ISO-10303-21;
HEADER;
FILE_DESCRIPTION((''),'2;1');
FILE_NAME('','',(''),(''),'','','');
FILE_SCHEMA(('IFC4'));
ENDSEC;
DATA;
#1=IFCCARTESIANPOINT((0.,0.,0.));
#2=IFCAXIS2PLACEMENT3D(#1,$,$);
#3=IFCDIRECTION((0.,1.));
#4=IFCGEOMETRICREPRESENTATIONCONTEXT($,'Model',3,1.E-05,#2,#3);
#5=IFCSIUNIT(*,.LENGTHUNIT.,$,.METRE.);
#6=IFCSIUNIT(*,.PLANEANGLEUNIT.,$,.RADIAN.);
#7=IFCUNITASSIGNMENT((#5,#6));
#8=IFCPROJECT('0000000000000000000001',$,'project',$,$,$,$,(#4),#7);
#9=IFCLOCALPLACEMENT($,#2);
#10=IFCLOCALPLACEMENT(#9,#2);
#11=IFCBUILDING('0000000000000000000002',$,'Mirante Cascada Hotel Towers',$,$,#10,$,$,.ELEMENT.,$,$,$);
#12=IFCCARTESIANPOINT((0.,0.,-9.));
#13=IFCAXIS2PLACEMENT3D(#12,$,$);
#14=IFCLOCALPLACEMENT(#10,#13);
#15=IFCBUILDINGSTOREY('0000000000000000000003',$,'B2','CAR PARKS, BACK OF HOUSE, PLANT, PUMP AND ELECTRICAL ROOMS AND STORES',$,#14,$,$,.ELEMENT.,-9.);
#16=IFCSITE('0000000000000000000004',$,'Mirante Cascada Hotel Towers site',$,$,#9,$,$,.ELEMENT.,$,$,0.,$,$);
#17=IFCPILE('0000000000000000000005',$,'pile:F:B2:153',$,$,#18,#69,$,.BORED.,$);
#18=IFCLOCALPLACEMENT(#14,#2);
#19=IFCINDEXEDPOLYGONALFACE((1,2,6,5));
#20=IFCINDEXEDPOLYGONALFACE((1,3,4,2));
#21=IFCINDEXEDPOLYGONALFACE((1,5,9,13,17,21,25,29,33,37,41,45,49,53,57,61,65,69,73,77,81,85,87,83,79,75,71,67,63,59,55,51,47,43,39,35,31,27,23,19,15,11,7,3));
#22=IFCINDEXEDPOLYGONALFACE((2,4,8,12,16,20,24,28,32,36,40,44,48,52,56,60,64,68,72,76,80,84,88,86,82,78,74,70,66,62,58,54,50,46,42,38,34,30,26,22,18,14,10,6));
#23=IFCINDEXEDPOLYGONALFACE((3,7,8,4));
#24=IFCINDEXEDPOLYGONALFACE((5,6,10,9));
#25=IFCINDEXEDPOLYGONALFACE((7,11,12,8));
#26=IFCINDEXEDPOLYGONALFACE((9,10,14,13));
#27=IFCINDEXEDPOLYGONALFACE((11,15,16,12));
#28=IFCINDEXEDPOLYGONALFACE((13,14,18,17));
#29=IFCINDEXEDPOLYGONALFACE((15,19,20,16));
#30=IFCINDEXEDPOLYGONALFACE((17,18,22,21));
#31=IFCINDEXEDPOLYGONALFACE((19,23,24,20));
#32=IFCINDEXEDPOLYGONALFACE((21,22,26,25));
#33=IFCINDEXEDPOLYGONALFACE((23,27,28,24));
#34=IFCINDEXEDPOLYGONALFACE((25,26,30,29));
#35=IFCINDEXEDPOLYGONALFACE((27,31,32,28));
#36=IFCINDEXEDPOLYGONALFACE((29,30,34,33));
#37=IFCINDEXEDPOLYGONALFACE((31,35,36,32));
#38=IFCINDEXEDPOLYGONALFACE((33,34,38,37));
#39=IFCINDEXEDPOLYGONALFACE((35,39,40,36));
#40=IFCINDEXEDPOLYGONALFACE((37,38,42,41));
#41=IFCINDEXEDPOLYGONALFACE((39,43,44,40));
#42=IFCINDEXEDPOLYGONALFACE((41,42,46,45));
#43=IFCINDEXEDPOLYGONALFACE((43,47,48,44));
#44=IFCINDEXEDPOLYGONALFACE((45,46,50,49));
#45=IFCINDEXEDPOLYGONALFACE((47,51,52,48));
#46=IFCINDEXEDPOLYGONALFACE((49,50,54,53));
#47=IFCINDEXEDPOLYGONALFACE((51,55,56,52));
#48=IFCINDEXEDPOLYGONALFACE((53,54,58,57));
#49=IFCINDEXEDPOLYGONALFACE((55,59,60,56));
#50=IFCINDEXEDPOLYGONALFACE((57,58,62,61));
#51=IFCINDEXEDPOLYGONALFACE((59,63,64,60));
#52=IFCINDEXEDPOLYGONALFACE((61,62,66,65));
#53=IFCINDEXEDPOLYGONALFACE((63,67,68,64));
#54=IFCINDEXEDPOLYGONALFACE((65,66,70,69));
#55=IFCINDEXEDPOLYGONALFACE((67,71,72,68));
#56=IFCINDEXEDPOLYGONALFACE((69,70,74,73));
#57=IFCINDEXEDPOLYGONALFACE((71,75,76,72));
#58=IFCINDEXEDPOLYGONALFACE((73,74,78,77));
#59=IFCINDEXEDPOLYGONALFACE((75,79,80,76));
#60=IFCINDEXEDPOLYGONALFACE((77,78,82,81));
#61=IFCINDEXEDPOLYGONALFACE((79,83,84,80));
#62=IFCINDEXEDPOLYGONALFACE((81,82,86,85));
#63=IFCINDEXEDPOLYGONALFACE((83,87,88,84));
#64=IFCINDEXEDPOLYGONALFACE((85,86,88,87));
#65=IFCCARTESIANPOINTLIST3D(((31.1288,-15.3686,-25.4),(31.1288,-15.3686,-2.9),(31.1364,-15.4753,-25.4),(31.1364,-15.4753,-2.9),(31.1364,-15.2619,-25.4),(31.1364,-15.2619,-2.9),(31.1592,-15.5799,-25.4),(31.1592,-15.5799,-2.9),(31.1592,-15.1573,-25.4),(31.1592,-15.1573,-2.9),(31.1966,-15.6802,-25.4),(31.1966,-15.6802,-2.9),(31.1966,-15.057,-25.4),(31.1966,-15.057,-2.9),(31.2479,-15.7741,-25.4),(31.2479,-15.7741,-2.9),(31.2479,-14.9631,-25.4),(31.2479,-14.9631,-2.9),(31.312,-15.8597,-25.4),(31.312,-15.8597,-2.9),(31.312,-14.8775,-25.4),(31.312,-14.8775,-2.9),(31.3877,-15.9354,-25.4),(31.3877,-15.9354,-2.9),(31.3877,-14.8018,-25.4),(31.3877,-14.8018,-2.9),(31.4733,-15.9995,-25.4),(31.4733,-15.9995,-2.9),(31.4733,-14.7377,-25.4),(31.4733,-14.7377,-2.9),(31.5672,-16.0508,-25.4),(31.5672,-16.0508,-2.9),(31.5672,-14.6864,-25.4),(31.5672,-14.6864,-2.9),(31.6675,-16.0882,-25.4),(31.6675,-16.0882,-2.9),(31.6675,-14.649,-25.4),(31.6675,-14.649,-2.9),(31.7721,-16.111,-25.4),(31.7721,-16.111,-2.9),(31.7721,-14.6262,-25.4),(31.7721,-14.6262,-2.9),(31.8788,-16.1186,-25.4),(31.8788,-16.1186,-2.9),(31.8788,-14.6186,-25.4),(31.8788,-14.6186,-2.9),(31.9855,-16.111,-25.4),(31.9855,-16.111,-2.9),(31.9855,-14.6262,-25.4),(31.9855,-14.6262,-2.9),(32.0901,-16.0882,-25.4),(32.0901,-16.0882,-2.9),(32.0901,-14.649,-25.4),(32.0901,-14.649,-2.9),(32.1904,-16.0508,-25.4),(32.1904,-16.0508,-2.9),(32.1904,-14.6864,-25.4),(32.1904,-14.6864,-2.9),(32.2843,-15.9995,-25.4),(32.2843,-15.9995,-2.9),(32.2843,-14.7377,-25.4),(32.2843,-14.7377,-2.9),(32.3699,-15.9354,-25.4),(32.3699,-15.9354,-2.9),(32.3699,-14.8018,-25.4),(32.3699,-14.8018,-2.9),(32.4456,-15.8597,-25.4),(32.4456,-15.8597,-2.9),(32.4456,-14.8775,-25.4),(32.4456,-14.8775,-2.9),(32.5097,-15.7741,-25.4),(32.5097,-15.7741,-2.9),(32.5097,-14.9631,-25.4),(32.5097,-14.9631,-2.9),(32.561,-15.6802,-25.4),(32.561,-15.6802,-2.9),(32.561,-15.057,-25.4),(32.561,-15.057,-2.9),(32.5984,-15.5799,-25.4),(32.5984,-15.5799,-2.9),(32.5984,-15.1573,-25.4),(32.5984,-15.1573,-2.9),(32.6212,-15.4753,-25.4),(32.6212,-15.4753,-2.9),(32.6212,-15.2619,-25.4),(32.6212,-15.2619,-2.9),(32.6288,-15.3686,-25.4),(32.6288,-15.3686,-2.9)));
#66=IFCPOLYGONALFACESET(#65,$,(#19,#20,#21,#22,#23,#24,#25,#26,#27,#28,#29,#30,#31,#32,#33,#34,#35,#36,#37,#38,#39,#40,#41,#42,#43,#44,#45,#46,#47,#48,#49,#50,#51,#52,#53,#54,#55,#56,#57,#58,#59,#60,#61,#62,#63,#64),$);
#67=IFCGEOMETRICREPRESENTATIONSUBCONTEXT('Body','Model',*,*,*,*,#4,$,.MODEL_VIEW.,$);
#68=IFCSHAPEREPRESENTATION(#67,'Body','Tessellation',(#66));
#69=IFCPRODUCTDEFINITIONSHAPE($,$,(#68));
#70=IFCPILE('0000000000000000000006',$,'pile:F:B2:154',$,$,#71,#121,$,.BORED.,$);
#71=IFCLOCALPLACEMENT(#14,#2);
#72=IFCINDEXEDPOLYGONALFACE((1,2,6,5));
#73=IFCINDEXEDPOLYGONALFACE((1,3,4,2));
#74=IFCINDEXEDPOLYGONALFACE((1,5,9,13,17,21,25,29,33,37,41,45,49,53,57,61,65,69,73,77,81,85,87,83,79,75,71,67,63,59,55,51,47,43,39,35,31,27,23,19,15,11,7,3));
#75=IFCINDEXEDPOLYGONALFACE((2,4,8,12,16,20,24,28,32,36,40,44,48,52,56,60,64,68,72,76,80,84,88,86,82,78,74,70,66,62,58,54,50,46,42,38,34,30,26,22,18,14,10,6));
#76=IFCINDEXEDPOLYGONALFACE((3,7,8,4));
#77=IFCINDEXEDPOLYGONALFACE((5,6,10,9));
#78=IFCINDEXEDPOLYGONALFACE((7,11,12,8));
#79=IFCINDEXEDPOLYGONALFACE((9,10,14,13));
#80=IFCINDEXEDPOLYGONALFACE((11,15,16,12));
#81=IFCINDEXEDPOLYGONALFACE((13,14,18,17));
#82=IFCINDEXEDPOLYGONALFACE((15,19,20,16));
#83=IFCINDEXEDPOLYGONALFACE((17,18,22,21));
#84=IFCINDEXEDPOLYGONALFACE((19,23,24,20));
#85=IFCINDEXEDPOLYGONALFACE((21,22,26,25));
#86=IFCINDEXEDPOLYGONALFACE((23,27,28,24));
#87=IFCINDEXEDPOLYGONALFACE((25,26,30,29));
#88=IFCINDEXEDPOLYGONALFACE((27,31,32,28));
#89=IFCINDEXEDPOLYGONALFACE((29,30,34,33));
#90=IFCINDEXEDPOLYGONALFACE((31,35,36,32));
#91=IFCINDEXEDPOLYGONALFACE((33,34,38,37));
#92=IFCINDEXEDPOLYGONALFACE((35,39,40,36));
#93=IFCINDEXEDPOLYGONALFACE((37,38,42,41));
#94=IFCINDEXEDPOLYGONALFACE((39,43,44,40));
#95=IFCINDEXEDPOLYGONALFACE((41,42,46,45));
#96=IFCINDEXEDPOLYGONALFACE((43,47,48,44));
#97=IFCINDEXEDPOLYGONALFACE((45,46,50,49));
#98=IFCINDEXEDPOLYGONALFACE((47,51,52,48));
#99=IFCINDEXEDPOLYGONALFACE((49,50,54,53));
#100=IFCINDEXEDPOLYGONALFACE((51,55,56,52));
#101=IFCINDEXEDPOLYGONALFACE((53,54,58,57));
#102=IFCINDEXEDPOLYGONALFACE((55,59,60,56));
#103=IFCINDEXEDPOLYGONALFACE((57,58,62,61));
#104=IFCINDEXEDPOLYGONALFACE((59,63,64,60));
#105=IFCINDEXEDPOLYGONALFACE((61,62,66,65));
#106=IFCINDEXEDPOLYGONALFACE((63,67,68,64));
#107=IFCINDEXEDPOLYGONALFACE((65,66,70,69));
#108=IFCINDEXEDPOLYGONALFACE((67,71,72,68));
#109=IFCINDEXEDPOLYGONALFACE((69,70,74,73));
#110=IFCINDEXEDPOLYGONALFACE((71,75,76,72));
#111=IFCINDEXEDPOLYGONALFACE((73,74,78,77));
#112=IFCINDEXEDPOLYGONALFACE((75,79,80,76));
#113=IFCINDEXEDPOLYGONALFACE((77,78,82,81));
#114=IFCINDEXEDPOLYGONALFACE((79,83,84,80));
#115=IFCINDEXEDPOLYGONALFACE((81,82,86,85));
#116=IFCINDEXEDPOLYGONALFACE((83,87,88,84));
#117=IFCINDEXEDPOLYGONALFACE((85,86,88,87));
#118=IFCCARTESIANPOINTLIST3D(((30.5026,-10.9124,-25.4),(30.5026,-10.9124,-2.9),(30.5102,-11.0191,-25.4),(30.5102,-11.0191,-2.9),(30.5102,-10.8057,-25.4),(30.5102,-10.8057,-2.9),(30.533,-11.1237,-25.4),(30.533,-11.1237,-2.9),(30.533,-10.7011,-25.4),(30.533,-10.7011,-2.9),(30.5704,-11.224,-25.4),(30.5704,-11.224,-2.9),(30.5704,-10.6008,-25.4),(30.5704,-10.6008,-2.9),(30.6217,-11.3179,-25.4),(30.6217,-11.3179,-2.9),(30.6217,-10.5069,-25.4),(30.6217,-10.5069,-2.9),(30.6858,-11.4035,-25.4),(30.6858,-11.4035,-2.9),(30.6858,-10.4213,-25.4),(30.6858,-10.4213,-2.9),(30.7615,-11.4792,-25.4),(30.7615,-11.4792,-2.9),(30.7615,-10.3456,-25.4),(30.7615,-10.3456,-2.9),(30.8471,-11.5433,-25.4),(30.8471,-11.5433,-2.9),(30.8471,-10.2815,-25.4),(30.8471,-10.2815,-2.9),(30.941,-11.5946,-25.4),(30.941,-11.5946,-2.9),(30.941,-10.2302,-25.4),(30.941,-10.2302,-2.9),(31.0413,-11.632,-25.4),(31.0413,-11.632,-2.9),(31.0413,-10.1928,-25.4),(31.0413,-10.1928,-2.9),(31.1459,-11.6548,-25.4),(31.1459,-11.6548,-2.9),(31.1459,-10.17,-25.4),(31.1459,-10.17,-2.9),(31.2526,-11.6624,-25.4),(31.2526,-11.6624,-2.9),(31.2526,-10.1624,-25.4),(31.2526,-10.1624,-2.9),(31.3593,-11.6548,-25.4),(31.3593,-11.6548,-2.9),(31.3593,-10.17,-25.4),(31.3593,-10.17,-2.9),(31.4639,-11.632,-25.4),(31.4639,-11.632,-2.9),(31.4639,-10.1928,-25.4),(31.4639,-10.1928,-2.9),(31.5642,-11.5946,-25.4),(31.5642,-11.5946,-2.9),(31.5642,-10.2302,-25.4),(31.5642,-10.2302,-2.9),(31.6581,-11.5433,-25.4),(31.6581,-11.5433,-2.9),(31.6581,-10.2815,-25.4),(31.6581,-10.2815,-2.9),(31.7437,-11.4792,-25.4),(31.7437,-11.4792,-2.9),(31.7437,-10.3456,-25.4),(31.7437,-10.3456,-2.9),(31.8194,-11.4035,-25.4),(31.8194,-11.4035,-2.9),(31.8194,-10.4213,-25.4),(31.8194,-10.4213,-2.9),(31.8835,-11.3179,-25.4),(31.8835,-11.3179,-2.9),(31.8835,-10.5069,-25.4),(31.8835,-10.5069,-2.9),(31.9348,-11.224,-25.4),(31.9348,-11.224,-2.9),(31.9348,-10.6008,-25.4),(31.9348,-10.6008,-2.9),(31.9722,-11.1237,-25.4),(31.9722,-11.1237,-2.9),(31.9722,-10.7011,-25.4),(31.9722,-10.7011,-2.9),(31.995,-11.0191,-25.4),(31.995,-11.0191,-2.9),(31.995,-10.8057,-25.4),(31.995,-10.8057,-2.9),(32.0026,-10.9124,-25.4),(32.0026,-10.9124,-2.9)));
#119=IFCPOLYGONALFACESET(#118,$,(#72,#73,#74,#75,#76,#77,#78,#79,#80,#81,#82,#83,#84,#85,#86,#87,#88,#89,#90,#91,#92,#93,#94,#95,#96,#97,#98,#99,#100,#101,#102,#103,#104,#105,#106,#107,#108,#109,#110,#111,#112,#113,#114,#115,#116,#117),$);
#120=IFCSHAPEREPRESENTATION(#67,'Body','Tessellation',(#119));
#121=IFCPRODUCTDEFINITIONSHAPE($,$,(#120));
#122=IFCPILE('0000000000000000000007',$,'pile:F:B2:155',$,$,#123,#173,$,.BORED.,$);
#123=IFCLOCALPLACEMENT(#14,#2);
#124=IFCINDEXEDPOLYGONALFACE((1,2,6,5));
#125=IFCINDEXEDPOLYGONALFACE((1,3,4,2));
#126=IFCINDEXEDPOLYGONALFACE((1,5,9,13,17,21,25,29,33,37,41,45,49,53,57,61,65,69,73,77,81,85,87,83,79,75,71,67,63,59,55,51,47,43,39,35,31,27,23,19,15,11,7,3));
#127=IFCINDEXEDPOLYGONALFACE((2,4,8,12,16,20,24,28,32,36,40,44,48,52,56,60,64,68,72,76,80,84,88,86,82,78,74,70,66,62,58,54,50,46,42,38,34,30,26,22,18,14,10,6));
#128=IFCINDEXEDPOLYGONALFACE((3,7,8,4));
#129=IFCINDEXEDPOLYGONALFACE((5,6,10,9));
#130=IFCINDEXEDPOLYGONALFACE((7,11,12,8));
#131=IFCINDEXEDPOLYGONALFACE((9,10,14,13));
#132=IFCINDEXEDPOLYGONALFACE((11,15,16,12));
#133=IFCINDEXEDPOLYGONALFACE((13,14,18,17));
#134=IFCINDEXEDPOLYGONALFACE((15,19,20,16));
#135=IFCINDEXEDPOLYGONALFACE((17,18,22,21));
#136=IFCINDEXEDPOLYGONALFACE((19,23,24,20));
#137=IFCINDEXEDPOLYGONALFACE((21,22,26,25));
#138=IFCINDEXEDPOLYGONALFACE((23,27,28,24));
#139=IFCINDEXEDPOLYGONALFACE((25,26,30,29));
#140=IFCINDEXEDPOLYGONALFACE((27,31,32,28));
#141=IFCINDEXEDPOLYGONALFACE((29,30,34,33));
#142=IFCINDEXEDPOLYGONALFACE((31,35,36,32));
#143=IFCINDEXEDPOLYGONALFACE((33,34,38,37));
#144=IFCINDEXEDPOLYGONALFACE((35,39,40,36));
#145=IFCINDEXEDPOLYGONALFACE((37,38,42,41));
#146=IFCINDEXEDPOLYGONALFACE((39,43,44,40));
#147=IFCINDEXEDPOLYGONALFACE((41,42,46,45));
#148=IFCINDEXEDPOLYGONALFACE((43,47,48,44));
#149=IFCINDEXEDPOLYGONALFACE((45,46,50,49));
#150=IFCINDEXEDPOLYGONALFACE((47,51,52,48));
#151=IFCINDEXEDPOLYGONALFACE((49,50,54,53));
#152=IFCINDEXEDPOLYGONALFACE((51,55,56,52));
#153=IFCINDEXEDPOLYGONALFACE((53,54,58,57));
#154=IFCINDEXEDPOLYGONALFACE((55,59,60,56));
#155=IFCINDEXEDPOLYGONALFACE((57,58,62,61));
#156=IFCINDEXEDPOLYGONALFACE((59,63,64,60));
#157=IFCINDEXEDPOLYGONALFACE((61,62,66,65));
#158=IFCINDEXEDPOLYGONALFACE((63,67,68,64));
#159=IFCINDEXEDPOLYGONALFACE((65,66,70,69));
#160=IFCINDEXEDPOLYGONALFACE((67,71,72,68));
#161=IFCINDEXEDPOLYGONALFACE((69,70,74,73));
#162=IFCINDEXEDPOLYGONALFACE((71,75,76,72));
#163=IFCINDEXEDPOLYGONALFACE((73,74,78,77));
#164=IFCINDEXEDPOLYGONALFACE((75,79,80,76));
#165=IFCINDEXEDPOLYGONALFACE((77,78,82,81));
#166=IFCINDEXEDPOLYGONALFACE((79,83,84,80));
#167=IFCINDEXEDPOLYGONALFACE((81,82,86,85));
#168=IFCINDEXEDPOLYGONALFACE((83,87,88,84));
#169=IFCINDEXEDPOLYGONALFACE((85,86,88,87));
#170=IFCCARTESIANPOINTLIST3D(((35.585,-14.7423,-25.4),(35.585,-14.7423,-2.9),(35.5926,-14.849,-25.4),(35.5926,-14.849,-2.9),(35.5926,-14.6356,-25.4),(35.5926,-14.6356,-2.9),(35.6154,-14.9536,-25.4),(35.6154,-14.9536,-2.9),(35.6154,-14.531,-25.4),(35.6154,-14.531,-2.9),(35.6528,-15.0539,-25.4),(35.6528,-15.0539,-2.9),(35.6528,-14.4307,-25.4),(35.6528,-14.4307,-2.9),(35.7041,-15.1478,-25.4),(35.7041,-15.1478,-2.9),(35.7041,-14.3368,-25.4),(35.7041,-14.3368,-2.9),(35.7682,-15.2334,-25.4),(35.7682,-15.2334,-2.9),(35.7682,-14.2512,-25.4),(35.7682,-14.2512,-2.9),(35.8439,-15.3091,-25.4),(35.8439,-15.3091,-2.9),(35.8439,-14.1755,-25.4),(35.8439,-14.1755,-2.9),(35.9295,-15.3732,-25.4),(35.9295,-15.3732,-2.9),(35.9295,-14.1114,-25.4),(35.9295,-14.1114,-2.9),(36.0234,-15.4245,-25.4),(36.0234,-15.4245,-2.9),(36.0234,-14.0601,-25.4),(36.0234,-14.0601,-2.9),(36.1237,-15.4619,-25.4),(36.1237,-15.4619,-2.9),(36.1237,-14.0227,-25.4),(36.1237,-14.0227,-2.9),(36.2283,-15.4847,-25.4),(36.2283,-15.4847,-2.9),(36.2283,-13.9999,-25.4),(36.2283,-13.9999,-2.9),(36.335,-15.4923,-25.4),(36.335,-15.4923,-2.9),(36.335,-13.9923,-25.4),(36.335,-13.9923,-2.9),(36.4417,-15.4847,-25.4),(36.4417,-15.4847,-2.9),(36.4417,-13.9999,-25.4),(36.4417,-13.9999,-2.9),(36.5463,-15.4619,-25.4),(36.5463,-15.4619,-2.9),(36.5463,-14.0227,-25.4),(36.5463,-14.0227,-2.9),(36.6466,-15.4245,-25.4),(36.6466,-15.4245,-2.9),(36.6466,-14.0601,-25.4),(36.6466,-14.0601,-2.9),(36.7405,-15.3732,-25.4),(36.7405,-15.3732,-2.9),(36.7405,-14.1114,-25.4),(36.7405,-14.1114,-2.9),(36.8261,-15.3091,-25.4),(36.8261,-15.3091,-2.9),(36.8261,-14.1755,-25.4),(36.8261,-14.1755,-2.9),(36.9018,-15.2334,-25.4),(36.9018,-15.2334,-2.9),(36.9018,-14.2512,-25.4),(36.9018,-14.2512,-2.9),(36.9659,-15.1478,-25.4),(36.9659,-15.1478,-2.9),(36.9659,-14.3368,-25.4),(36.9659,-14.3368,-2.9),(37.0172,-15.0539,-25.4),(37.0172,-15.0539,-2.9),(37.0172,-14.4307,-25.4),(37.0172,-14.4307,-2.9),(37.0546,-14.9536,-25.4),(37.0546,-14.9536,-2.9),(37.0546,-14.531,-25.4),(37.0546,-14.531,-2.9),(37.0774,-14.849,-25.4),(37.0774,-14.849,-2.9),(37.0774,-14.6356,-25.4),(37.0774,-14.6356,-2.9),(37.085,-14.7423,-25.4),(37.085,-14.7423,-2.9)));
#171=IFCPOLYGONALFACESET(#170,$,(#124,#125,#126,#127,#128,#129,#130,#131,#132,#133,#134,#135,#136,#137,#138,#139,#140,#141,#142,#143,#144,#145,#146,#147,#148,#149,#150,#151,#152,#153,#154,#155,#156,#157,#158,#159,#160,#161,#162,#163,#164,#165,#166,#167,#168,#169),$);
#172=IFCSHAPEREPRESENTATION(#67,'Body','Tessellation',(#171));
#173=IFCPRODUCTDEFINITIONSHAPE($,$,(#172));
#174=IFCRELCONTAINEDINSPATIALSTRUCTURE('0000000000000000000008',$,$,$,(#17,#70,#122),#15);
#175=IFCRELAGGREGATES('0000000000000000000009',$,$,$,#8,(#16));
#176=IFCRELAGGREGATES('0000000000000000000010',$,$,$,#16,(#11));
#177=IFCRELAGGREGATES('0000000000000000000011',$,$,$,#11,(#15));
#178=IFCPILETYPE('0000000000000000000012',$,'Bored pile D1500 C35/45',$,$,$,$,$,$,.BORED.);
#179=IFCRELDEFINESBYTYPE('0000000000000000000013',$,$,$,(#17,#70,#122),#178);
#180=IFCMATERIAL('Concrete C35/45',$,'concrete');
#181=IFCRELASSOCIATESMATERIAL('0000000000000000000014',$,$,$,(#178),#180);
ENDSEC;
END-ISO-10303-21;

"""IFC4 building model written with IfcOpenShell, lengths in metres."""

from ifc_helpers import new_model, si_unit, direction, frame, origin, origin_2d, place, context, subcontext, project, spatial, circle, extrude, material, material_profile, profile_set, type_object, element, save


model = new_model("IFC4")

# Units and contexts
model_context = context("Model", 3, precision=1e-05, world=origin(), true_north=direction((0.0, 1.0)))
body_context = subcontext(model_context, "Body", "Model", "MODEL_VIEW")
ifc_project = project(units=[si_unit("LENGTHUNIT", "METRE"), si_unit("PLANEANGLEUNIT", "RADIAN")], contexts=[model_context])

# Site, building, storey
site_placement = place(None, origin())
site = spatial("IfcSite", under=ifc_project, at=site_placement, Name="Mirante Cascada Hotel Towers site", CompositionType="ELEMENT", RefElevation=0.0)
building_placement = place(site_placement, origin())
building = spatial("IfcBuilding", under=site, at=building_placement, Name="Mirante Cascada Hotel Towers", CompositionType="ELEMENT")
storey_placement = place(building_placement, frame((0.0, 0.0, -9.0)))
storey = spatial("IfcBuildingStorey", under=building, at=storey_placement, Name="B2", Description="CAR PARKS, BACK OF HOUSE, PLANT, PUMP AND ELECTRICAL ROOMS AND STORES", CompositionType="ELEMENT", Elevation=-9.0)

# Piles
ifc_material_1 = material(Name="Concrete C35/45", Category="concrete")
ifc_material_profile_1 = material_profile(ifc_material_1, circle(Radius=0.75, at=origin_2d()), Name="RC D1500")
ifc_profile_set_1 = profile_set([ifc_material_profile_1], Name="Concrete C35/45")
pile_type = type_object("IfcPileType", Name="Bored pile D1500 C35/45", PredefinedType="BORED", material=ifc_profile_set_1)
for number, where, z_axis, x_axis, name in (
    (1, (31.8788, -15.3686, -2.9), (0.0, 0.0, -1.0), (1.0, 0.0, 0.0), "pile:F:B2:153"),
    (2, (31.2526, -10.9124, -2.9), (0.0, 0.0, -1.0), (1.0, 0.0, 0.0), "pile:F:B2:154"),
    (3, (36.335, -14.7423, -2.9), (0.0, 0.0, -1.0), (1.0, 0.0, 0.0), "pile:F:B2:155"),
):
    element("IfcPile", number, at=place(storey_placement, frame(where, z_axis=z_axis, x_axis=x_axis)), inside=storey, type_object=pile_type, Name=name, PredefinedType="BORED", context=body_context, shape_type="SweptSolid", body=[
        extrude(circle(Radius=0.75, at=origin_2d()), origin(), (0.0, 0.0, 1.0), 22.5),
    ])

save(model, "model.ifc")
